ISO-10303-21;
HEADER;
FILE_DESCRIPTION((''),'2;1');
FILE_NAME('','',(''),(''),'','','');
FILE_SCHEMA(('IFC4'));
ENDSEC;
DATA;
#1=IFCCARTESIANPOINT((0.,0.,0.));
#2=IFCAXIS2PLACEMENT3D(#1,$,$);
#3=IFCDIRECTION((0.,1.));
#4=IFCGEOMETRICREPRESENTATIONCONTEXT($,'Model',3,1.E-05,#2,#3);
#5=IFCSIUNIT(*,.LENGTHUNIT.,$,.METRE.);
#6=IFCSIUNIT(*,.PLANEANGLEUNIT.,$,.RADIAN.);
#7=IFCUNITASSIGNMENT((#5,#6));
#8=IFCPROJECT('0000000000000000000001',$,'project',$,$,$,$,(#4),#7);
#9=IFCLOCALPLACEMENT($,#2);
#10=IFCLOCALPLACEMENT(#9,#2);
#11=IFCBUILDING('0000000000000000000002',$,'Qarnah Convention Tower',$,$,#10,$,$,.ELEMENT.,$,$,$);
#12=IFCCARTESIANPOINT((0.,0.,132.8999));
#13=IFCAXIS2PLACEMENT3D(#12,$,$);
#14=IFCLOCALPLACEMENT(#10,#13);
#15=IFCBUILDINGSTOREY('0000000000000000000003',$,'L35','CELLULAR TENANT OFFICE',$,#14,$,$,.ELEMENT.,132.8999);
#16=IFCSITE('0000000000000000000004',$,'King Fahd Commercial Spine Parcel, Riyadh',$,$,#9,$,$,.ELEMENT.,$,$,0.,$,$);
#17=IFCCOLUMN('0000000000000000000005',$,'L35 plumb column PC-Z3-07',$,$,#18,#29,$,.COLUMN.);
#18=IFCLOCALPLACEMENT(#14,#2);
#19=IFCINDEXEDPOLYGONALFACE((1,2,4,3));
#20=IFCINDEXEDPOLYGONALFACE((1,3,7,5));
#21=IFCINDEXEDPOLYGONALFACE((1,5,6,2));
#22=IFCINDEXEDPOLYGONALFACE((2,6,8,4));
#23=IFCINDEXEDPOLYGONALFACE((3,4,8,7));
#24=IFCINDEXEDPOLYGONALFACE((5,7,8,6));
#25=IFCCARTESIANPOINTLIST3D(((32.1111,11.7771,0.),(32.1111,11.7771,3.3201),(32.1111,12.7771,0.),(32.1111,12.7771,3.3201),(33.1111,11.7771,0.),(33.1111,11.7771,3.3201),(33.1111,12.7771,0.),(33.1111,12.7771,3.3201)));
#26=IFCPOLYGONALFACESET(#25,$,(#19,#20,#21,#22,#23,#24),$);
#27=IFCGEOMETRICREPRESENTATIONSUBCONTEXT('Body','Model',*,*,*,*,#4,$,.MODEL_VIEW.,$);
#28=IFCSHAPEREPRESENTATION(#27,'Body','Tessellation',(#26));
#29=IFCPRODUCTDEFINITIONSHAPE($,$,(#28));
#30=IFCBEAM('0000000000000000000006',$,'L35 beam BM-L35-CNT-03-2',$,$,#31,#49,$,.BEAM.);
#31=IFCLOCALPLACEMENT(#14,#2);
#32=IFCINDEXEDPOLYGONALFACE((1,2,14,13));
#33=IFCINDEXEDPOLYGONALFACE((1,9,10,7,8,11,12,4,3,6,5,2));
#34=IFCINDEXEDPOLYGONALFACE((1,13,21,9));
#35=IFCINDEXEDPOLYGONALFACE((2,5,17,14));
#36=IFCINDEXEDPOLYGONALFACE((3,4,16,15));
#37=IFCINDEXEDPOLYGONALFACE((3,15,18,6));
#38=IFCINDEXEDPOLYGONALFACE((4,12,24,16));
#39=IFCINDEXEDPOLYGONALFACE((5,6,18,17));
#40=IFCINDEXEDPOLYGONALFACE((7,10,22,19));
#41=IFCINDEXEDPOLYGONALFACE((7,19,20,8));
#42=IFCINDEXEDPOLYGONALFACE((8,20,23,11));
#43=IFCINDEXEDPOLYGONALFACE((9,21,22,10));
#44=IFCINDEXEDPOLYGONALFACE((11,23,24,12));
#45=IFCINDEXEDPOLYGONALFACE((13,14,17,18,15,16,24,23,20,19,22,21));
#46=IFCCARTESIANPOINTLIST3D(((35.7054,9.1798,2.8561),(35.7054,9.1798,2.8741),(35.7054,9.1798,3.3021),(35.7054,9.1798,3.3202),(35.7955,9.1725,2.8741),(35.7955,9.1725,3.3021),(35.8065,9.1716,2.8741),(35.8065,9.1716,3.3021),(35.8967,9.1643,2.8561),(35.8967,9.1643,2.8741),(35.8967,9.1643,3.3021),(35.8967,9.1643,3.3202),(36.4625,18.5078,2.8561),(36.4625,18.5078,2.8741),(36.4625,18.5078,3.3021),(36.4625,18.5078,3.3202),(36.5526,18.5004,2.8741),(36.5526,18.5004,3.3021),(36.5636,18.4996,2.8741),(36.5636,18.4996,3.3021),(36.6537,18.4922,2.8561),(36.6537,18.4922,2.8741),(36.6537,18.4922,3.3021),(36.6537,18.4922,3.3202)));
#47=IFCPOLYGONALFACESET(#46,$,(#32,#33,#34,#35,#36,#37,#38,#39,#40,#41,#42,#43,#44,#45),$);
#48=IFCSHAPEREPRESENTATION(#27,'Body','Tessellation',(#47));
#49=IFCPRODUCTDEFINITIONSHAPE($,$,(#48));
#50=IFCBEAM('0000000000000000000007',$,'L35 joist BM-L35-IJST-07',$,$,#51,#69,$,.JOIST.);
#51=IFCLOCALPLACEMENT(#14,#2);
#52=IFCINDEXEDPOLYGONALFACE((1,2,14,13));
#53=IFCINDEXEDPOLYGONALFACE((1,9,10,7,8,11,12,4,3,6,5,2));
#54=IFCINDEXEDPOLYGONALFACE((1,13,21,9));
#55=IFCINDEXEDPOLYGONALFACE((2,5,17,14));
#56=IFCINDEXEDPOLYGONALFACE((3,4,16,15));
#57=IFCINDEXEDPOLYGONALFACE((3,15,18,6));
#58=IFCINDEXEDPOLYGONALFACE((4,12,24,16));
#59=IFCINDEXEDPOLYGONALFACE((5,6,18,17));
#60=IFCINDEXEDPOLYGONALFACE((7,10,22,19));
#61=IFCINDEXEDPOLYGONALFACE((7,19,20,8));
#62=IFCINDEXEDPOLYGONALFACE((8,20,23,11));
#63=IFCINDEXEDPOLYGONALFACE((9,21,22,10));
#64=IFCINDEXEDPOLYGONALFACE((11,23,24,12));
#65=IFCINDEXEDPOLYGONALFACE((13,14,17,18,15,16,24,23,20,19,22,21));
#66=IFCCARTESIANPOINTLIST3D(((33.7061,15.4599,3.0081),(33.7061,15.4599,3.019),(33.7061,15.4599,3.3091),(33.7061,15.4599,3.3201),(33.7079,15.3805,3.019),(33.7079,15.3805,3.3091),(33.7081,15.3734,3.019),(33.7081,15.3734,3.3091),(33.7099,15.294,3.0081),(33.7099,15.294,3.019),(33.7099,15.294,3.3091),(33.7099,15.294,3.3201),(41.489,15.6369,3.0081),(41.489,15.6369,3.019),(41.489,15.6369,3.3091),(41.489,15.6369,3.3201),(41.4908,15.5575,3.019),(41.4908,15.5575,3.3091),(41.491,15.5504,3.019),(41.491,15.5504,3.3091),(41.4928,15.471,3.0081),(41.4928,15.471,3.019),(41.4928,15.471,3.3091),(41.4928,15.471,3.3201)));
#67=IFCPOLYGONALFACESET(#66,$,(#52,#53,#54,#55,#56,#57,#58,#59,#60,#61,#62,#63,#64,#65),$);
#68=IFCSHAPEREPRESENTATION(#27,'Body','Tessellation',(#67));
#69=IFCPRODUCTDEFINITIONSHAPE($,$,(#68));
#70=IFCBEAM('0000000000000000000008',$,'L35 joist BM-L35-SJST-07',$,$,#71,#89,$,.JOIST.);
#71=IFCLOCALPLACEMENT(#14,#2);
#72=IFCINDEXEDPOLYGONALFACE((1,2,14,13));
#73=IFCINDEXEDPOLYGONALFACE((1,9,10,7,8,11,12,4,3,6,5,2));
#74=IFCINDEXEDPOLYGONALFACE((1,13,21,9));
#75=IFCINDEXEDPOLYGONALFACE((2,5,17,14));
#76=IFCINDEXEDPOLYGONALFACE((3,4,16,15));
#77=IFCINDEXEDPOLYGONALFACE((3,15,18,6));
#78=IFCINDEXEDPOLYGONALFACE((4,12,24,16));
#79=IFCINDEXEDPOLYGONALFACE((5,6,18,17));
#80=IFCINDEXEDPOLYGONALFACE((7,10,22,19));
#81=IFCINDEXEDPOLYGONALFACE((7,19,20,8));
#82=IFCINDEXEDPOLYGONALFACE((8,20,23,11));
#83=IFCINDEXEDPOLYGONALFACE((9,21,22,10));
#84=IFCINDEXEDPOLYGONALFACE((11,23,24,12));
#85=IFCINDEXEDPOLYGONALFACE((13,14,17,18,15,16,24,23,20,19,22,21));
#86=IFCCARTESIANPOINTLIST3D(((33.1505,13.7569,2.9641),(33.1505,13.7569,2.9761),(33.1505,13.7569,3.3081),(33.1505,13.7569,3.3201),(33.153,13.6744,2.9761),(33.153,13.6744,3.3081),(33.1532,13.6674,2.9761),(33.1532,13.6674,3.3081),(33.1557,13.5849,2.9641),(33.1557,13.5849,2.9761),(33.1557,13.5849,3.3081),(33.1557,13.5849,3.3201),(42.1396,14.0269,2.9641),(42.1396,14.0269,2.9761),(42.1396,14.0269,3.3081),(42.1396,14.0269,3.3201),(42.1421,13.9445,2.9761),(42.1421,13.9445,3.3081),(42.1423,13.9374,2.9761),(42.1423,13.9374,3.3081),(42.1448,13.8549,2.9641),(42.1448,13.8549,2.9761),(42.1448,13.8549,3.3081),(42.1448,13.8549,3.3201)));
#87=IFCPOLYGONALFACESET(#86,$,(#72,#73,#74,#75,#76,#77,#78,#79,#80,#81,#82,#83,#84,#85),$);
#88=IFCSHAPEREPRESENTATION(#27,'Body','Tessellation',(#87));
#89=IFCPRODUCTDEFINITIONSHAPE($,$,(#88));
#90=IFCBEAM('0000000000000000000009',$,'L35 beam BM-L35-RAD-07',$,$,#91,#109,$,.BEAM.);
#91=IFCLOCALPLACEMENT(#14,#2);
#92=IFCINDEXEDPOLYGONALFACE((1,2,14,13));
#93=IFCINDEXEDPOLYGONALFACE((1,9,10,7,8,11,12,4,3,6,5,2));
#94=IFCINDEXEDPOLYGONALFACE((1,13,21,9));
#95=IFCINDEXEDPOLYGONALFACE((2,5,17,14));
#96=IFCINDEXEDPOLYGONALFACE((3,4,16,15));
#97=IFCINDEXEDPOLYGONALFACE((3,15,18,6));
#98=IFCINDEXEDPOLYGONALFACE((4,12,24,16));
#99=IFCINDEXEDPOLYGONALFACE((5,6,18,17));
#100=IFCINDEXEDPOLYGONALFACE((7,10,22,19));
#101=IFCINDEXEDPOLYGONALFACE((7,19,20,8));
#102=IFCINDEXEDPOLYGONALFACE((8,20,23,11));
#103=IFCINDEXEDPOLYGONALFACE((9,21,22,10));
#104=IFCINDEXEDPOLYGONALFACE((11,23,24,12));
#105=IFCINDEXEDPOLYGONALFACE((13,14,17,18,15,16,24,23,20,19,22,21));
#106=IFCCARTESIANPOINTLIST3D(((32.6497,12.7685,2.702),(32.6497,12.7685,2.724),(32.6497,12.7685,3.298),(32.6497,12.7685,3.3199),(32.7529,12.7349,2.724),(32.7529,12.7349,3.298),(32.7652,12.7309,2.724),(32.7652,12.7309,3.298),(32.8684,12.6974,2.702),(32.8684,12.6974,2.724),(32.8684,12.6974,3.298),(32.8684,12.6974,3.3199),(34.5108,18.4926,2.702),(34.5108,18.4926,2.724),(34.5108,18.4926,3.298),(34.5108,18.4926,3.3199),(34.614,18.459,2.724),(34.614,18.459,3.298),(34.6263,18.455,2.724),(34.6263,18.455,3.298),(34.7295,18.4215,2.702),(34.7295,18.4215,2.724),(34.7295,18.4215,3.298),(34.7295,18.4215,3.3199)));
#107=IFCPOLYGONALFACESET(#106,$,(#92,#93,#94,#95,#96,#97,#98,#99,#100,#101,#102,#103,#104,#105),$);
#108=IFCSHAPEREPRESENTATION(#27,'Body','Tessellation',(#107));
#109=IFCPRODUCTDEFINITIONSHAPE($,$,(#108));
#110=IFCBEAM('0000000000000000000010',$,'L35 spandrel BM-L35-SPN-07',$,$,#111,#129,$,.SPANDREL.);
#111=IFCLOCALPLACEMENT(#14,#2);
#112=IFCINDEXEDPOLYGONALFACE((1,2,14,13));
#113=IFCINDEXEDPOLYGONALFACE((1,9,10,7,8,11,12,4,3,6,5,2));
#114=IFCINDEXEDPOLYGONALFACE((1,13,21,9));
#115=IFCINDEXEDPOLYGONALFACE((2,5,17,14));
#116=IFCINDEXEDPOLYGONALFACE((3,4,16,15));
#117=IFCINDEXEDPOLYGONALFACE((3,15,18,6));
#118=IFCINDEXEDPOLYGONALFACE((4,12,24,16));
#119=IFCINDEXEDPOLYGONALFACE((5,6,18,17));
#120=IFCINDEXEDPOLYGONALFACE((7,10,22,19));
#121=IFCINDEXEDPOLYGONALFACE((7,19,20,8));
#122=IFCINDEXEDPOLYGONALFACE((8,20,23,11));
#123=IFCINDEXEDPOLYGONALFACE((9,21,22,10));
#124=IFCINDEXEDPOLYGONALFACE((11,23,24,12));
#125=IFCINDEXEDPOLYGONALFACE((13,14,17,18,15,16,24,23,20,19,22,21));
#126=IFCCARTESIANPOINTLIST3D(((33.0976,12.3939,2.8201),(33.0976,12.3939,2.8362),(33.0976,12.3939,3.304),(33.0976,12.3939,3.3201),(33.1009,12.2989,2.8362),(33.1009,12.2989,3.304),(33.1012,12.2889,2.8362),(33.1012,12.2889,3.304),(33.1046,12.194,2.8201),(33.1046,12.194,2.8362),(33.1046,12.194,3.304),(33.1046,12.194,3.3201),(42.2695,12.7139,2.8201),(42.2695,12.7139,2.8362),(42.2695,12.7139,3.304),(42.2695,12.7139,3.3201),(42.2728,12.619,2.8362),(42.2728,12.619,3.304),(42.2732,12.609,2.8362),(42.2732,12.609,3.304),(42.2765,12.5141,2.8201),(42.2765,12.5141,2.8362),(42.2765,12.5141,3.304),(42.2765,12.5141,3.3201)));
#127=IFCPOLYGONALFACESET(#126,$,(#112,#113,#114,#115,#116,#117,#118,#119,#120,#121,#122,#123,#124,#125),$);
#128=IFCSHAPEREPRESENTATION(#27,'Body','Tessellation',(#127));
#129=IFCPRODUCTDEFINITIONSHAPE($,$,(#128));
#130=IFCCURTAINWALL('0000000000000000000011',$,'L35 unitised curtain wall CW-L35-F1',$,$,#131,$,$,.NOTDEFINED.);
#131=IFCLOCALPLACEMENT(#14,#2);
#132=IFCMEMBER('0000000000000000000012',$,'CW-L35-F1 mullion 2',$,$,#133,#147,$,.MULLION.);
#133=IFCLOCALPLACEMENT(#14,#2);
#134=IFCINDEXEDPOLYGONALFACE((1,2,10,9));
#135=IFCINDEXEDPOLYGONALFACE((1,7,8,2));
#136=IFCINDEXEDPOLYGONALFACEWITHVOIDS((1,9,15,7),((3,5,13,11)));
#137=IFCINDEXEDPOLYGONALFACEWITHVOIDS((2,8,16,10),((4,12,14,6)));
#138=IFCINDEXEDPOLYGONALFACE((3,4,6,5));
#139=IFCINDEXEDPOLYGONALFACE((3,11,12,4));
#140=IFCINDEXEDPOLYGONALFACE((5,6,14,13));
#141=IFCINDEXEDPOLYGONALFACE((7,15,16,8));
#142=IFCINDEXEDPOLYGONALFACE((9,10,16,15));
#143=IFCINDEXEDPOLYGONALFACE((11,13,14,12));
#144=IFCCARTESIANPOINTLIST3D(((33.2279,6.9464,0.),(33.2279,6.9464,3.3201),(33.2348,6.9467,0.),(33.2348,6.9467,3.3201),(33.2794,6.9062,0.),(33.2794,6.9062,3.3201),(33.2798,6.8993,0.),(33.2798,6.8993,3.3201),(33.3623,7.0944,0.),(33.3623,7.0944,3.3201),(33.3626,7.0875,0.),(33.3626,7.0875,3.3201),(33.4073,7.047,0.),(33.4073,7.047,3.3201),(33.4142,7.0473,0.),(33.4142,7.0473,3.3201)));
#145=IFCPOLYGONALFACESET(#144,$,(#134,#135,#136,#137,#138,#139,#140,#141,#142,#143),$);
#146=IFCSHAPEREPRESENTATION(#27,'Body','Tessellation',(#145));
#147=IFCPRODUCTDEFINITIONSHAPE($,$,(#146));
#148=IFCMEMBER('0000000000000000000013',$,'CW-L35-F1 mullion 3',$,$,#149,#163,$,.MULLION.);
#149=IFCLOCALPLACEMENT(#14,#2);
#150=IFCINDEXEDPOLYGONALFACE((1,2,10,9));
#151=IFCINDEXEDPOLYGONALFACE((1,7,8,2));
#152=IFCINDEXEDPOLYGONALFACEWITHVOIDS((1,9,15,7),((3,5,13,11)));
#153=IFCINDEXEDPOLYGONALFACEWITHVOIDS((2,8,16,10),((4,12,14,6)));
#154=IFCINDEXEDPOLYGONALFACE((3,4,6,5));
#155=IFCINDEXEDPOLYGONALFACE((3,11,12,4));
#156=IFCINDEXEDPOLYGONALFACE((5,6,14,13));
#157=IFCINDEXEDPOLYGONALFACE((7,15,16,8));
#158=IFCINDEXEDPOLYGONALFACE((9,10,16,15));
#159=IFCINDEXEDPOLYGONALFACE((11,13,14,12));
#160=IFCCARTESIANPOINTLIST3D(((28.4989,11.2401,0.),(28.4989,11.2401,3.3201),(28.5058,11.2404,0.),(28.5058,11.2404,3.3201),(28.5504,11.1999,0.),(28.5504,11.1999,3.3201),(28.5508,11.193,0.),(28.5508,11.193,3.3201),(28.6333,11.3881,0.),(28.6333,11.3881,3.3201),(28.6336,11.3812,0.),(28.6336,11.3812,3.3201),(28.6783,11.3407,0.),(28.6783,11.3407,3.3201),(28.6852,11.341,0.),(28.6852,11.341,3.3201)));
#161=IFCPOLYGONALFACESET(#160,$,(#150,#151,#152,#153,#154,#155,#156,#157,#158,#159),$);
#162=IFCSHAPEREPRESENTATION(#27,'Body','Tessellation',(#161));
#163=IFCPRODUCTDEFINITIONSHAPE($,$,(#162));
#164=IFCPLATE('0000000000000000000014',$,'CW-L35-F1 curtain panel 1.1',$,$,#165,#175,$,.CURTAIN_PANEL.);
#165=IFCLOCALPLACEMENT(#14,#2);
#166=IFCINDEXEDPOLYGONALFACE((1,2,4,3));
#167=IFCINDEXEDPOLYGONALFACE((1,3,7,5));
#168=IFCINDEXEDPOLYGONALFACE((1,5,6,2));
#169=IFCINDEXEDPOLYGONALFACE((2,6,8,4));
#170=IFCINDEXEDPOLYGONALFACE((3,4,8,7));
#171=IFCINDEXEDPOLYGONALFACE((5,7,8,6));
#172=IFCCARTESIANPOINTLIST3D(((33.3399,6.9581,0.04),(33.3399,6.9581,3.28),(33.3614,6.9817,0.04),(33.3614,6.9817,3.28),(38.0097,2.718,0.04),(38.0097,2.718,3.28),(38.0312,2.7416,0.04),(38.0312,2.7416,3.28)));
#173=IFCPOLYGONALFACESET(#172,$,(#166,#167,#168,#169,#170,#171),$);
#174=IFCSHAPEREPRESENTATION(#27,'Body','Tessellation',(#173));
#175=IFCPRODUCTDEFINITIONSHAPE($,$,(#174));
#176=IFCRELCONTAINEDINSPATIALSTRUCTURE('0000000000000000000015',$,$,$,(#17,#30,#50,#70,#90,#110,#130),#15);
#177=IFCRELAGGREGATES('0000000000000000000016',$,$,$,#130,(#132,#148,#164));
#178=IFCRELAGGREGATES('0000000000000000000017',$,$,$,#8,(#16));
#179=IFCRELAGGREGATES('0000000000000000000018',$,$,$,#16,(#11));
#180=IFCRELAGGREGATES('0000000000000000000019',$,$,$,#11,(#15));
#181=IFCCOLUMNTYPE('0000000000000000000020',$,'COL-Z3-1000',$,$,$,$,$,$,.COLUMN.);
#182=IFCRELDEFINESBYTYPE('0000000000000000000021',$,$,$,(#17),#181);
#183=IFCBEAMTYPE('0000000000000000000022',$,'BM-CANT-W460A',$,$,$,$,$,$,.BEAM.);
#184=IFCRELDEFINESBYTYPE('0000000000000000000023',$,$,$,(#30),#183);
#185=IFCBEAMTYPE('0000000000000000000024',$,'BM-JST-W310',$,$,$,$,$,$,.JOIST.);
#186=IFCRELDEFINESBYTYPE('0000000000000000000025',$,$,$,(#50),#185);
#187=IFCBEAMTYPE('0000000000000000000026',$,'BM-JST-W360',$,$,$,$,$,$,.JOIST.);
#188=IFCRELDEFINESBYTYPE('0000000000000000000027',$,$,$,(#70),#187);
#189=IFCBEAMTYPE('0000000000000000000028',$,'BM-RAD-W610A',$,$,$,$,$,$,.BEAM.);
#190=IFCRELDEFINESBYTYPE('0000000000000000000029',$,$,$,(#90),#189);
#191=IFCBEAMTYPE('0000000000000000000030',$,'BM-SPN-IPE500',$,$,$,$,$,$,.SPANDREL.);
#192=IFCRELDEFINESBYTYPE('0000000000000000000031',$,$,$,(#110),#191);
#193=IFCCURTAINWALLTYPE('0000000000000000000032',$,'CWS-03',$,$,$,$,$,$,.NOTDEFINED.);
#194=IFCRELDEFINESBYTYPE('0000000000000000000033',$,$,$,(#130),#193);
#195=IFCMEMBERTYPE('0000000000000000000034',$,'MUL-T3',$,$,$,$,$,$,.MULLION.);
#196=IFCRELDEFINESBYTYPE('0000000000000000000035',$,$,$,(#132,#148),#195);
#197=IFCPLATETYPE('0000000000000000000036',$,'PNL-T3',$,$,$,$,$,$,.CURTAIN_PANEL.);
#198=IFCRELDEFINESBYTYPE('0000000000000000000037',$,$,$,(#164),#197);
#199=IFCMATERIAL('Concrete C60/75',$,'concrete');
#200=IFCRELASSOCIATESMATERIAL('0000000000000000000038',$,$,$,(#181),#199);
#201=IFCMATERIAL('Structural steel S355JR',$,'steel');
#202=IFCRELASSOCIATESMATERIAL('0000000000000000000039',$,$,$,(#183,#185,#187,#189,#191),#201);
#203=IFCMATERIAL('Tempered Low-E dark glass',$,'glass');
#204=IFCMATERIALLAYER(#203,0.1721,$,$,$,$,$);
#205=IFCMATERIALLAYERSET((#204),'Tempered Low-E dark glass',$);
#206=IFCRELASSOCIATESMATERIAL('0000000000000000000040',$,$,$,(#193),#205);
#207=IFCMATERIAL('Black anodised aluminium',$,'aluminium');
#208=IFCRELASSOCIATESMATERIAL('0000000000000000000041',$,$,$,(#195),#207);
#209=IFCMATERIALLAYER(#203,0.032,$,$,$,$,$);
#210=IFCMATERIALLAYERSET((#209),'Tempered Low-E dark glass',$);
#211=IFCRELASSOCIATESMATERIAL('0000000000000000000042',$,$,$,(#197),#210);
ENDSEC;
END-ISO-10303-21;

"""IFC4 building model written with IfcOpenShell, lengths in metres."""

from ifc_helpers import new_model, si_unit, direction, frame, origin, origin_2d, place, context, subcontext, project, spatial, rectangle, hollow_rectangle, i_section, extrude, material, layer, layer_set, material_profile, profile_set, type_object, element, aggregate, save


model = new_model("IFC4")

# Units and contexts
model_context = context("Model", 3, precision=1e-05, world=origin(), true_north=direction((0.0, 1.0)))
body_context = subcontext(model_context, "Body", "Model", "MODEL_VIEW")
ifc_project = project(units=[si_unit("LENGTHUNIT", "METRE"), si_unit("PLANEANGLEUNIT", "RADIAN")], contexts=[model_context])

# Site, building, storey
site_placement = place(None, origin())
site = spatial("IfcSite", under=ifc_project, at=site_placement, Name="King Fahd Commercial Spine Parcel, Riyadh", CompositionType="ELEMENT", RefElevation=0.0)
building_placement = place(site_placement, origin())
building = spatial("IfcBuilding", under=site, at=building_placement, Name="Qarnah Convention Tower", CompositionType="ELEMENT")
storey_placement = place(building_placement, frame((0.0, 0.0, 132.8999)))
storey = spatial("IfcBuildingStorey", under=building, at=storey_placement, Name="L35", Description="CELLULAR TENANT OFFICE", CompositionType="ELEMENT", Elevation=132.8999)

# Column
ifc_material_1 = material(Name="Concrete C60/75", Category="concrete")
ifc_material_profile_1 = material_profile(ifc_material_1, rectangle(XDim=1.0, YDim=1.0, at=origin_2d()), Name="RC-COL-1000X1000")
ifc_profile_set_1 = profile_set([ifc_material_profile_1], Name="Concrete C60/75")
column_type = type_object("IfcColumnType", Name="COL-Z3-1000", PredefinedType="COLUMN", material=ifc_profile_set_1)
column_placement = place(storey_placement, frame((32.6111, 12.2771, 0.0), z_axis=(0.0, 0.0, 1.0), x_axis=(1.0, 0.0, 0.0)))
element("IfcColumn", 1, at=column_placement, inside=storey, type_object=column_type, Name="L35 plumb column PC-Z3-07", PredefinedType="COLUMN", context=body_context, shape_type="SweptSolid", body=[
    extrude(rectangle(XDim=1.0, YDim=1.0, at=origin_2d()), origin(), (0.0, 0.0, 1.0), 3.3201),
])

# Beams
ifc_material_2 = material(Name="Structural steel S355JR", Category="steel")
ifc_material_profile_2 = material_profile(ifc_material_2, i_section(OverallWidth=0.1919, OverallDepth=0.4641, WebThickness=0.011, FlangeThickness=0.0181, at=origin_2d()), Name="W460X89")
ifc_profile_set_2 = profile_set([ifc_material_profile_2], Name="Structural steel S355JR")
beam_type_1 = type_object("IfcBeamType", Name="BM-CANT-W460A", PredefinedType="BEAM", material=ifc_profile_set_2)
beam_1_placement = place(storey_placement, frame((36.5581, 18.5, 3.0881), z_axis=(-0.080897, -0.996722, 0.0), x_axis=(0.996722, -0.080897, 0.0)))
element("IfcBeam", 2, at=beam_1_placement, inside=storey, type_object=beam_type_1, Name="L35 beam BM-L35-CNT-03-2", PredefinedType="BEAM", context=body_context, shape_type="SweptSolid", body=[
    extrude(i_section(OverallWidth=0.1919, OverallDepth=0.4641, WebThickness=0.011, FlangeThickness=0.0181, at=origin_2d()), origin(), (0.0, 0.0, 1.0), 9.3586),
])
ifc_material_profile_3 = material_profile(ifc_material_2, i_section(OverallWidth=0.166, OverallDepth=0.312, WebThickness=0.0071, FlangeThickness=0.011, at=origin_2d()), Name="W310X45")
ifc_profile_set_3 = profile_set([ifc_material_profile_3], Name="Structural steel S355JR")
beam_type_2 = type_object("IfcBeamType", Name="BM-JST-W310", PredefinedType="JOIST", material=ifc_profile_set_3)
beam_2_placement = place(storey_placement, frame((33.708, 15.377, 3.1641), z_axis=(0.999741, 0.022736, 0.0), x_axis=(-0.022736, 0.999741, 0.0)))
element("IfcBeam", 3, at=beam_2_placement, inside=storey, type_object=beam_type_2, Name="L35 joist BM-L35-IJST-07", PredefinedType="JOIST", context=body_context, shape_type="SweptSolid", body=[
    extrude(i_section(OverallWidth=0.166, OverallDepth=0.312, WebThickness=0.0071, FlangeThickness=0.011, at=origin_2d()), origin(), (0.0, 0.0, 1.0), 7.7849),
])
ifc_material_profile_4 = material_profile(ifc_material_2, i_section(OverallWidth=0.1721, OverallDepth=0.356, WebThickness=0.0071, FlangeThickness=0.012, at=origin_2d()), Name="W360X51")
ifc_profile_set_4 = profile_set([ifc_material_profile_4], Name="Structural steel S355JR")
beam_type_3 = type_object("IfcBeamType", Name="BM-JST-W360", PredefinedType="JOIST", material=ifc_profile_set_4)
beam_3_placement = place(storey_placement, frame((33.1531, 13.6709, 3.1421), z_axis=(0.999549, 0.030025, 0.0), x_axis=(-0.030025, 0.999549, 0.0)))
element("IfcBeam", 4, at=beam_3_placement, inside=storey, type_object=beam_type_3, Name="L35 joist BM-L35-SJST-07", PredefinedType="JOIST", context=body_context, shape_type="SweptSolid", body=[
    extrude(i_section(OverallWidth=0.1721, OverallDepth=0.356, WebThickness=0.0071, FlangeThickness=0.012, at=origin_2d()), origin(), (0.0, 0.0, 1.0), 8.9932),
])
ifc_material_profile_5 = material_profile(ifc_material_2, i_section(OverallWidth=0.23, OverallDepth=0.6179, WebThickness=0.0129, FlangeThickness=0.022, at=origin_2d()), Name="W610X140")
ifc_profile_set_5 = profile_set([ifc_material_profile_5], Name="Structural steel S355JR")
beam_type_4 = type_object("IfcBeamType", Name="BM-RAD-W610A", PredefinedType="BEAM", material=ifc_profile_set_5)
beam_4_placement = place(storey_placement, frame((34.6201, 18.457, 3.011), z_axis=(-0.309198, -0.950998, 0.0), x_axis=(0.950998, -0.309198, 0.0)))
element("IfcBeam", 5, at=beam_4_placement, inside=storey, type_object=beam_type_4, Name="L35 beam BM-L35-RAD-07", PredefinedType="BEAM", context=body_context, shape_type="SweptSolid", body=[
    extrude(i_section(OverallWidth=0.23, OverallDepth=0.6179, WebThickness=0.0129, FlangeThickness=0.022, at=origin_2d()), origin(), (0.0, 0.0, 1.0), 6.019),
])
ifc_material_profile_6 = material_profile(ifc_material_2, i_section(OverallWidth=0.2, OverallDepth=0.5, WebThickness=0.01, FlangeThickness=0.0161, at=origin_2d()), Name="IPE500")
ifc_profile_set_6 = profile_set([ifc_material_profile_6], Name="Structural steel S355JR")
beam_type_5 = type_object("IfcBeamType", Name="BM-SPN-IPE500", PredefinedType="SPANDREL", material=ifc_profile_set_6)
beam_5_placement = place(storey_placement, frame((33.1011, 12.2939, 3.0701), z_axis=(0.999392, 0.034875, 0.0), x_axis=(-0.034875, 0.999392, 0.0)))
element("IfcBeam", 6, at=beam_5_placement, inside=storey, type_object=beam_type_5, Name="L35 spandrel BM-L35-SPN-07", PredefinedType="SPANDREL", context=body_context, shape_type="SweptSolid", body=[
    extrude(i_section(OverallWidth=0.2, OverallDepth=0.5, WebThickness=0.01, FlangeThickness=0.0161, at=origin_2d()), origin(), (0.0, 0.0, 1.0), 9.1775),
])

# Curtain wall, members, plate
ifc_material_3 = material(Name="Tempered Low-E dark glass", Category="glass")
ifc_layer_1 = layer(ifc_material_3, 0.1721)
ifc_layer_set_1 = layer_set([ifc_layer_1], Name="Tempered Low-E dark glass")
curtain_wall_type = type_object("IfcCurtainWallType", Name="CWS-03", PredefinedType="NOTDEFINED", material=ifc_layer_set_1)
curtain_wall_placement = place(storey_placement, origin())
curtain_wall = element("IfcCurtainWall", 7, at=curtain_wall_placement, inside=storey, type_object=curtain_wall_type, Name="L35 unitised curtain wall CW-L35-F1", PredefinedType="NOTDEFINED")
ifc_material_4 = material(Name="Black anodised aluminium", Category="aluminium")
ifc_material_profile_7 = material_profile(ifc_material_4, hollow_rectangle(XDim=0.0701, YDim=0.2, WallThickness=0.0049, at=origin_2d()), Name="MUL-70X200")
ifc_profile_set_7 = profile_set([ifc_material_profile_7], Name="Black anodised aluminium")
member_type = type_object("IfcMemberType", Name="MUL-T3", PredefinedType="MULLION", material=ifc_profile_set_7)
member_1_placement = place(storey_placement, frame((33.321, 6.9968, 0.0), z_axis=(0.0, 0.0, 1.0), x_axis=(-0.740352, 0.672219, 0.0)))
member_1 = element("IfcMember", 8, at=member_1_placement, type_object=member_type, Name="CW-L35-F1 mullion 2", PredefinedType="MULLION", context=body_context, shape_type="SweptSolid", body=[
    extrude(hollow_rectangle(XDim=0.0701, YDim=0.2, WallThickness=0.0049, at=origin_2d()), origin(), (0.0, 0.0, 1.0), 3.3201),
])
member_2_placement = place(storey_placement, frame((28.592, 11.2905, 0.0), z_axis=(0.0, 0.0, 1.0), x_axis=(-0.740352, 0.672219, 0.0)))
member_2 = element("IfcMember", 9, at=member_2_placement, type_object=member_type, Name="CW-L35-F1 mullion 3", PredefinedType="MULLION", context=body_context, shape_type="SweptSolid", body=[
    extrude(hollow_rectangle(XDim=0.0701, YDim=0.2, WallThickness=0.0049, at=origin_2d()), origin(), (0.0, 0.0, 1.0), 3.3201),
])
ifc_layer_2 = layer(ifc_material_3, 0.032)
ifc_layer_set_2 = layer_set([ifc_layer_2], Name="Tempered Low-E dark glass")
plate_type = type_object("IfcPlateType", Name="PNL-T3", PredefinedType="CURTAIN_PANEL", material=ifc_layer_set_2)
plate_1_placement = place(storey_placement, frame((35.6855, 4.8499, 0.04), z_axis=(0.0, 0.0, 1.0), x_axis=(-0.740352, 0.672219, 0.0)))
plate_1 = element("IfcPlate", 10, at=plate_1_placement, type_object=plate_type, Name="CW-L35-F1 curtain panel 1.1", PredefinedType="CURTAIN_PANEL", context=body_context, shape_type="SweptSolid", body=[
    extrude(rectangle(XDim=6.3076, YDim=0.032, at=origin_2d()), origin(), (0.0, 0.0, 1.0), 3.24),
])
aggregate(curtain_wall, [member_1, member_2, plate_1])

save(model, "model.ifc")
